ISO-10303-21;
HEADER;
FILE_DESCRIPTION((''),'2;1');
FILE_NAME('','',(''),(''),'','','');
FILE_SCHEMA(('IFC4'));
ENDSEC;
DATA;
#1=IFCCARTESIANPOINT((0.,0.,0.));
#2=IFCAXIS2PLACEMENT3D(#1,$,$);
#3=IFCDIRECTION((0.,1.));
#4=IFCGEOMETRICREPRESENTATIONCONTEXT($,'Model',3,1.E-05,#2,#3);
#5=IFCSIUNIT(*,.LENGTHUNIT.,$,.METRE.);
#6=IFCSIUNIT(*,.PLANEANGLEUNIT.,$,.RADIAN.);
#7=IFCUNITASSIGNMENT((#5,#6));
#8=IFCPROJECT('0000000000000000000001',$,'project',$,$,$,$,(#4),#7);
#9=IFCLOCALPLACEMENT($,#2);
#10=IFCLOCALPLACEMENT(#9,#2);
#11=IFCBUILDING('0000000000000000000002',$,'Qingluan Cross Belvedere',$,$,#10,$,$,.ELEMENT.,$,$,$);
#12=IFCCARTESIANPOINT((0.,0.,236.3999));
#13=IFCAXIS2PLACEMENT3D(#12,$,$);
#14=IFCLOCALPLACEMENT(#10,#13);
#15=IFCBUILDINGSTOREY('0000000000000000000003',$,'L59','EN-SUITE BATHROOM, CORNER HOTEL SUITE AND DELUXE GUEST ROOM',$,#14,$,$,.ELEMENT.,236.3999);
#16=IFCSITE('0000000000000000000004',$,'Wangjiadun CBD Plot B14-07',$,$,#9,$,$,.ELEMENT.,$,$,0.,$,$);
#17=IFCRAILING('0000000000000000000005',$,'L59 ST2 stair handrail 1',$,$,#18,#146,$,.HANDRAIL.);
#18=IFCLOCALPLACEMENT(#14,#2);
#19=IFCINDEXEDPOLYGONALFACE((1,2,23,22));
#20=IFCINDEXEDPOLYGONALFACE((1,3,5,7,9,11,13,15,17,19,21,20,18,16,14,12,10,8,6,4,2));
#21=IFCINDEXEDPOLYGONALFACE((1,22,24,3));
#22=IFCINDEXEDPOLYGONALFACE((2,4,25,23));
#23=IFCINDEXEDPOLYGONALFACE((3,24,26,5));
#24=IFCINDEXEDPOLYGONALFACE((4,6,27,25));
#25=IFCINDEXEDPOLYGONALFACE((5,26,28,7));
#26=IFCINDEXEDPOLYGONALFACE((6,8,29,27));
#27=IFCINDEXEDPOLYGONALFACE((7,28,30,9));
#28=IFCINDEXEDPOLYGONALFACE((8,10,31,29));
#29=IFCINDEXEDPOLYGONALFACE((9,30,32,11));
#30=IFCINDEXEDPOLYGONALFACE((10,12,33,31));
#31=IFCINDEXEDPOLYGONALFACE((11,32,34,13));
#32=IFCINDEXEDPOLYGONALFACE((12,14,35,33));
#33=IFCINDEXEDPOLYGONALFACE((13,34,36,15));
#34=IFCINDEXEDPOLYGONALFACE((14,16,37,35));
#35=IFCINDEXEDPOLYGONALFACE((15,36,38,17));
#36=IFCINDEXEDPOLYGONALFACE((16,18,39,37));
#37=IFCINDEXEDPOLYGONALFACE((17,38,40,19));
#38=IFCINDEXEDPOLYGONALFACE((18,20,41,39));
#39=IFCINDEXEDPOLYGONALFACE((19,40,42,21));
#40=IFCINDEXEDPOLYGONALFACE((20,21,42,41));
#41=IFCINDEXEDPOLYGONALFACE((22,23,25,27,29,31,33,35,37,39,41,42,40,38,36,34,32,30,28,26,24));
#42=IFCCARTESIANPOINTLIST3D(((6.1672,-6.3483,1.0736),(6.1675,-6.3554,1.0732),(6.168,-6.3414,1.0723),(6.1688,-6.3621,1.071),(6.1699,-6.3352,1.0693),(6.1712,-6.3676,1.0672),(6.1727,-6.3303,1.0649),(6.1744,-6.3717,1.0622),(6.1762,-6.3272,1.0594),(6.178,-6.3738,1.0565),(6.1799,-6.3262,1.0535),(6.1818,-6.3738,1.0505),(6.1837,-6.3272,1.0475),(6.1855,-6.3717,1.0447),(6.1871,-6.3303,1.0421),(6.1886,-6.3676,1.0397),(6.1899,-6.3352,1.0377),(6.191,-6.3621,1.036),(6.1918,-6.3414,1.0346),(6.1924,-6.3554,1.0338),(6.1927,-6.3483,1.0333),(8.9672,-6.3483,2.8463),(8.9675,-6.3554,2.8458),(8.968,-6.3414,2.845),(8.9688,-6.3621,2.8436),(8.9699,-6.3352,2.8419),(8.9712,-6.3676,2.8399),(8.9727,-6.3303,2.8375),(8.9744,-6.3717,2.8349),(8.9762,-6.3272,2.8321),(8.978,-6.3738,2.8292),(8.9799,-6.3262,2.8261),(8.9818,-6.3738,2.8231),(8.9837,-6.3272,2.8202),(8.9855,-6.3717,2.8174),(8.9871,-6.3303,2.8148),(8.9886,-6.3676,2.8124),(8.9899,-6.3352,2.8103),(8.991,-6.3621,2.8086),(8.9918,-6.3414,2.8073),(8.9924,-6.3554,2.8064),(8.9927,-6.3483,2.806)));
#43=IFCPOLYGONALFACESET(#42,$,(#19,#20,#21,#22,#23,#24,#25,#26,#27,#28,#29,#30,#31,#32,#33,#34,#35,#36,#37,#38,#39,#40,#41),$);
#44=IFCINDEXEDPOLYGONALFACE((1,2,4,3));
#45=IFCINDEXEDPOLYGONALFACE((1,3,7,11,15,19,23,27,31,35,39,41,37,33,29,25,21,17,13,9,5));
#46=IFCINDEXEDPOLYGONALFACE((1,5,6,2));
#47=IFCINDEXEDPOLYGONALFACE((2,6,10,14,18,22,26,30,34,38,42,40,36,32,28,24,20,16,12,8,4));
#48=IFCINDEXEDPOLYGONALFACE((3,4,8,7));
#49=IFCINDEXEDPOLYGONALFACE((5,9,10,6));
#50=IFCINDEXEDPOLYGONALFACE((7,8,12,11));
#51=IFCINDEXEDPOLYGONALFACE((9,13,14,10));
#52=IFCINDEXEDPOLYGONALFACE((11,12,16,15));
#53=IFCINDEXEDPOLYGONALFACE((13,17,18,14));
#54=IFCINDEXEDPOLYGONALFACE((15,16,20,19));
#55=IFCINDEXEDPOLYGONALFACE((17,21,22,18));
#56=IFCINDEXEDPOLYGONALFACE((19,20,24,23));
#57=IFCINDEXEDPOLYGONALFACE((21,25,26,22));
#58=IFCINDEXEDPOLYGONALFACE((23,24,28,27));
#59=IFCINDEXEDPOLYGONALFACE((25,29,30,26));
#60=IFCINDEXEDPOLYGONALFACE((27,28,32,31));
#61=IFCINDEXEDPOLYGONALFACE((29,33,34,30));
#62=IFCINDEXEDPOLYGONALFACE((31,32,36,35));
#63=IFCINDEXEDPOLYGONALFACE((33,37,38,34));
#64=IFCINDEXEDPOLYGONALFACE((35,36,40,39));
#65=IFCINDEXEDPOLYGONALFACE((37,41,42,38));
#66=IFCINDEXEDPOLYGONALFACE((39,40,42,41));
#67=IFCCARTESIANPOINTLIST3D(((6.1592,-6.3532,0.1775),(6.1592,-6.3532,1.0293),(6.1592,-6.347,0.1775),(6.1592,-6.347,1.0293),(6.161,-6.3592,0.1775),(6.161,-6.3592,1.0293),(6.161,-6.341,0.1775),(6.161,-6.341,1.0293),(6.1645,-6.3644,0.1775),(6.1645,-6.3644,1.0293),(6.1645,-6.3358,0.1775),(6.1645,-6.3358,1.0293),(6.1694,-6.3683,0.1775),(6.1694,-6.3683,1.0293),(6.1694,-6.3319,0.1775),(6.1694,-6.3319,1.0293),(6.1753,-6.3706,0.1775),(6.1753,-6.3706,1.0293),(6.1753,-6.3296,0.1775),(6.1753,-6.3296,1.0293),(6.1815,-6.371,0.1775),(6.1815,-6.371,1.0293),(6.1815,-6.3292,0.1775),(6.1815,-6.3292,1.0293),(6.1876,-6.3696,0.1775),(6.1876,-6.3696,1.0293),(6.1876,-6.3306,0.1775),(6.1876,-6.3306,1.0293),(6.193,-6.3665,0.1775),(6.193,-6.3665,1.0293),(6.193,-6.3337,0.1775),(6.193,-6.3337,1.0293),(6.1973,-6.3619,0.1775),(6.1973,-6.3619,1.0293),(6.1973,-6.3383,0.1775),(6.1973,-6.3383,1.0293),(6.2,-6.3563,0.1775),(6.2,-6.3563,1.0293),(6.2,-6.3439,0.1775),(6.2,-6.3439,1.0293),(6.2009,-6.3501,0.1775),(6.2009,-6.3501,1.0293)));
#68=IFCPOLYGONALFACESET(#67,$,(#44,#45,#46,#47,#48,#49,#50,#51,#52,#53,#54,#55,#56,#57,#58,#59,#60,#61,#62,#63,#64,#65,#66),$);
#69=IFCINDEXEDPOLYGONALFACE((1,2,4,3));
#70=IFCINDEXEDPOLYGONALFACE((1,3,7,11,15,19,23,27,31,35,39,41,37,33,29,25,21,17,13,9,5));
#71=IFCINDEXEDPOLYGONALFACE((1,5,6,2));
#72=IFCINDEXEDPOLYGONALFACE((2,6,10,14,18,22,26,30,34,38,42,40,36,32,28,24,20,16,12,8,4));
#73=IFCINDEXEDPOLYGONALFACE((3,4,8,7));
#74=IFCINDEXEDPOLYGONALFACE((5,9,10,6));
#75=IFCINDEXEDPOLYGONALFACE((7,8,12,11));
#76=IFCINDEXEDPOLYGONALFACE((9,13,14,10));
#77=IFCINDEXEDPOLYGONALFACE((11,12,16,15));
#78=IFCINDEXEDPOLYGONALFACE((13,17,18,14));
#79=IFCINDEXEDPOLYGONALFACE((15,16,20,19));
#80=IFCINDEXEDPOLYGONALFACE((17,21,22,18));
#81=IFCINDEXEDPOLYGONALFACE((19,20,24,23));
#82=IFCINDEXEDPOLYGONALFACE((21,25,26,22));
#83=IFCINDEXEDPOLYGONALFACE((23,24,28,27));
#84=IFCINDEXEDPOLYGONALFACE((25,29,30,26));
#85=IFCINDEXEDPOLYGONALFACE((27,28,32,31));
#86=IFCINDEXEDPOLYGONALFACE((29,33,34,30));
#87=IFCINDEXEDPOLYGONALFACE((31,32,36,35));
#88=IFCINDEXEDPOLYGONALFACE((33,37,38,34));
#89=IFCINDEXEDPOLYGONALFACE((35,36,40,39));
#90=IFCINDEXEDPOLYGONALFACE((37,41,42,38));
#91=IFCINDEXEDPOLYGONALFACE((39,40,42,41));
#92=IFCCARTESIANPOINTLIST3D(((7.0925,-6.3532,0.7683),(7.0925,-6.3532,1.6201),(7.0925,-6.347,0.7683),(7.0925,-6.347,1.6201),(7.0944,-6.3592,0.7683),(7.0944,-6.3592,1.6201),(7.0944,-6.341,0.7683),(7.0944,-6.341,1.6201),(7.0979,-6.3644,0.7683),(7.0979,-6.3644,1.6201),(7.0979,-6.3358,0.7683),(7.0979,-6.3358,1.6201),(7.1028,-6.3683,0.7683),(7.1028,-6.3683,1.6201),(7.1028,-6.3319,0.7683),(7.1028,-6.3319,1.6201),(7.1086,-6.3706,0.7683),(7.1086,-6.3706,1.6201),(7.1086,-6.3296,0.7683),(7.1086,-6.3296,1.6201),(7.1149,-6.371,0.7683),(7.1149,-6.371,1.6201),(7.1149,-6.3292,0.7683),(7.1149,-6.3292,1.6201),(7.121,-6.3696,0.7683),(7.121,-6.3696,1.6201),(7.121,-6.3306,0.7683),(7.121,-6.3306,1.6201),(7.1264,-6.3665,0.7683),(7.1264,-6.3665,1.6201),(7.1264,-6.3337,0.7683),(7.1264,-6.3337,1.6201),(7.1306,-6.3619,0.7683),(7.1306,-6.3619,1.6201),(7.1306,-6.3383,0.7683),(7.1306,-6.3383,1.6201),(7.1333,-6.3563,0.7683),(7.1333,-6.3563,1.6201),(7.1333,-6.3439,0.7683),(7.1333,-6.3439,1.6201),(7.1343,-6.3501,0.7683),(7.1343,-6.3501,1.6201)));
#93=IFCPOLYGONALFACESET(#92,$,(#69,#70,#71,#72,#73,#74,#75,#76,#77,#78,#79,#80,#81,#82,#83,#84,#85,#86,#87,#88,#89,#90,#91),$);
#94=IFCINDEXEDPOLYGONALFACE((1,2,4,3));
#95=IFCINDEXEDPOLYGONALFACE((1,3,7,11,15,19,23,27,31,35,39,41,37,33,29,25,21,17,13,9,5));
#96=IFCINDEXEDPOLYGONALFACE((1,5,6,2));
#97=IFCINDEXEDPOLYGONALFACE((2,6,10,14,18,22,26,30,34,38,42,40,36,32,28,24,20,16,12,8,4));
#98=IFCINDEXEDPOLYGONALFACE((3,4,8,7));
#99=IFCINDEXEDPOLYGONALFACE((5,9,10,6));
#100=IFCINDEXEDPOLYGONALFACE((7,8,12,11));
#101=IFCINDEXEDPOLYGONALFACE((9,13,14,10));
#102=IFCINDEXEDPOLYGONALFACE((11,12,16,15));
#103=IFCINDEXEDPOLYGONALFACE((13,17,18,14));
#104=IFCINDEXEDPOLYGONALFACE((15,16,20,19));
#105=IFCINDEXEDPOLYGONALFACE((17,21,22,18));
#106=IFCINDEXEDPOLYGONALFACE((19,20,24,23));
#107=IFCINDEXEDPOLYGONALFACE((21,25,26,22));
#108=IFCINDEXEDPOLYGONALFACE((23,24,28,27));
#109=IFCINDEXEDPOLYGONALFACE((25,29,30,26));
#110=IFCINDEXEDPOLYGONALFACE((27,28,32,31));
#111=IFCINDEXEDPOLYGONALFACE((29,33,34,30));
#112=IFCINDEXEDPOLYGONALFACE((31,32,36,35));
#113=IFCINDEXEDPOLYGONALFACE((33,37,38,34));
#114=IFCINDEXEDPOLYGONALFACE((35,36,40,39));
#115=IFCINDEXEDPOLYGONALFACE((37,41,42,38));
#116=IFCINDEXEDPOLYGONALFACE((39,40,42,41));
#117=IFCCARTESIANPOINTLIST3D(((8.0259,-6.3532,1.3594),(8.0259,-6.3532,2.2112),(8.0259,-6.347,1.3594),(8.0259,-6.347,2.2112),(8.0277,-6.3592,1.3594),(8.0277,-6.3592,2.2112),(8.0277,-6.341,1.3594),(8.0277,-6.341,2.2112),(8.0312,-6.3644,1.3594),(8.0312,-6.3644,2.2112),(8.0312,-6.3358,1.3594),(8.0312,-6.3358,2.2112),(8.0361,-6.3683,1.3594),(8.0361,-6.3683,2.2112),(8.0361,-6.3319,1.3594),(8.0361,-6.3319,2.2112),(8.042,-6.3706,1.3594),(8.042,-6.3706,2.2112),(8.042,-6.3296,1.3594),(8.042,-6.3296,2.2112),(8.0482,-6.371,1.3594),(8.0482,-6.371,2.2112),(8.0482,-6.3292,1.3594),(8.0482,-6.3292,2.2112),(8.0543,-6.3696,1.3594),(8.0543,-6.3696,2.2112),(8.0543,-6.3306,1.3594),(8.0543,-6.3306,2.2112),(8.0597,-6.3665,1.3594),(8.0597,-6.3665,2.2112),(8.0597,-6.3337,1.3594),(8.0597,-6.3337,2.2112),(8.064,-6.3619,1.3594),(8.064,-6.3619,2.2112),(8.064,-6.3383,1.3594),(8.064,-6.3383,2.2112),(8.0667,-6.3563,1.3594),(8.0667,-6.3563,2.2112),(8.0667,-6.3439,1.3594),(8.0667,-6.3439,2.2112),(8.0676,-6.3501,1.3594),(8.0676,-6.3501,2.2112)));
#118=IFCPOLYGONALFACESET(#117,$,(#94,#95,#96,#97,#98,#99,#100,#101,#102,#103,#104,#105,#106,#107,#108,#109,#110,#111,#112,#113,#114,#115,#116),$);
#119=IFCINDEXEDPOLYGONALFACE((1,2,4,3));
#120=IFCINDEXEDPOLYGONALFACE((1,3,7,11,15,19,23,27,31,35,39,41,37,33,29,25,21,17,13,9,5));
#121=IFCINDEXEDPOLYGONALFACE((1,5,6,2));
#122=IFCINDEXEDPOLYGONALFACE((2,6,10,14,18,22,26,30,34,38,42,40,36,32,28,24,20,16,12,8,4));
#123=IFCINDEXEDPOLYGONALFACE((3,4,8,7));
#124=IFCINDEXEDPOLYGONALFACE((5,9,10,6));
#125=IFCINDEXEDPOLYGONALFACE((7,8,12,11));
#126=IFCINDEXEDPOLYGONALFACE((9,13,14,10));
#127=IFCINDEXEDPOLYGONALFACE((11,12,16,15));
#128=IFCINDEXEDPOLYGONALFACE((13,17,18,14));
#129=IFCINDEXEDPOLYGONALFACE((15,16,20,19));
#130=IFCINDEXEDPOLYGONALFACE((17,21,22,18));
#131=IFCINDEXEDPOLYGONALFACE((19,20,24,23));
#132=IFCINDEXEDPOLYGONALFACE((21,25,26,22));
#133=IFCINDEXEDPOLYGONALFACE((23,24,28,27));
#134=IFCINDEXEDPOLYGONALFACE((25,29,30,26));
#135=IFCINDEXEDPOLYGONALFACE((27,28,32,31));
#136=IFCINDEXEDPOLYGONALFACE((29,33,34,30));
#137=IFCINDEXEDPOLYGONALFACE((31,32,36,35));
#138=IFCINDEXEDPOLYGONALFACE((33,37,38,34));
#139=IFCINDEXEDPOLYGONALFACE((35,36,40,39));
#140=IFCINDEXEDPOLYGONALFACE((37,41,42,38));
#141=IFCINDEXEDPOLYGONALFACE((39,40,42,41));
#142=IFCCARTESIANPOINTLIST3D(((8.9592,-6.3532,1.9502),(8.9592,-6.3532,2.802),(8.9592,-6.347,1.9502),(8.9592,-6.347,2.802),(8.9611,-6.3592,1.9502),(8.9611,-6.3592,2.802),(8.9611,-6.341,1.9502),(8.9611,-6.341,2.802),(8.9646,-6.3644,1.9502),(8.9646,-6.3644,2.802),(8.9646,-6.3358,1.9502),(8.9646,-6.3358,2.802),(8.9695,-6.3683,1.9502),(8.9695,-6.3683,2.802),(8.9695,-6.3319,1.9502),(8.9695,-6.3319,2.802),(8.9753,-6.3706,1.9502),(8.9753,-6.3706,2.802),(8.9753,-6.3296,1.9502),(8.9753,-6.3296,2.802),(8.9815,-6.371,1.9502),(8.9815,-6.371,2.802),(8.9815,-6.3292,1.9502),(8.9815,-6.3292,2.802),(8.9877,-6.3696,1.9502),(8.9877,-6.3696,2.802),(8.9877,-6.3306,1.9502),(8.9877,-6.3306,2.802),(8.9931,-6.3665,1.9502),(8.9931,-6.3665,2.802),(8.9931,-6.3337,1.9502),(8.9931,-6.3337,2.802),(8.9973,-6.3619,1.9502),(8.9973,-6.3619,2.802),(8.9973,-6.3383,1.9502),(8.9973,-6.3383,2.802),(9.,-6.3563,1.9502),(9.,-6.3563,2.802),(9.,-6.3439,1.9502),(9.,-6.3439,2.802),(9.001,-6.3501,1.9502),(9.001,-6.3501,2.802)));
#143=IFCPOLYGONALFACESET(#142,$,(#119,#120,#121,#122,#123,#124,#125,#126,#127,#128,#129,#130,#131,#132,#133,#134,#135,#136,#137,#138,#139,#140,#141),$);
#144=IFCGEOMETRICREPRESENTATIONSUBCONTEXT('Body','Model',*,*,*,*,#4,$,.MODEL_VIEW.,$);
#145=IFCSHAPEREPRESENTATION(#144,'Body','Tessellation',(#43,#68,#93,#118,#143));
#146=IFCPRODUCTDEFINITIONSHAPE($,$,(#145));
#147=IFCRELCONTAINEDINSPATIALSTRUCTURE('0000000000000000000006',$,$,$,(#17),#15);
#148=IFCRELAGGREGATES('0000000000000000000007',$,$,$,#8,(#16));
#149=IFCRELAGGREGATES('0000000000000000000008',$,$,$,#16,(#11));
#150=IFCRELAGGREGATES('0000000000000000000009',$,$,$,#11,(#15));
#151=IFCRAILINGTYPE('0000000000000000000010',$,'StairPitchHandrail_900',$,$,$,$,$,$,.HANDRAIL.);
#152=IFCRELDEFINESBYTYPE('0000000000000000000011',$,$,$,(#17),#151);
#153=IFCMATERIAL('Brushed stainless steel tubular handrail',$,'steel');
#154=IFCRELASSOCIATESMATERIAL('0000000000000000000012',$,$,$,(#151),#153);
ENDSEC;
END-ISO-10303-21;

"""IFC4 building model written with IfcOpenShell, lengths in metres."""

from ifc_helpers import new_model, si_unit, direction, frame, origin, origin_2d, place, context, subcontext, project, spatial, circle, extrude, material, type_object, element, save


model = new_model("IFC4")

# Units and contexts
model_context = context("Model", 3, precision=1e-05, world=origin(), true_north=direction((0.0, 1.0)))
body_context = subcontext(model_context, "Body", "Model", "MODEL_VIEW")
ifc_project = project(units=[si_unit("LENGTHUNIT", "METRE"), si_unit("PLANEANGLEUNIT", "RADIAN")], contexts=[model_context])

# Site, building, storey
site_placement = place(None, origin())
site = spatial("IfcSite", under=ifc_project, at=site_placement, Name="Wangjiadun CBD Plot B14-07", CompositionType="ELEMENT", RefElevation=0.0)
building_placement = place(site_placement, origin())
building = spatial("IfcBuilding", under=site, at=building_placement, Name="Qingluan Cross Belvedere", CompositionType="ELEMENT")
storey_placement = place(building_placement, frame((0.0, 0.0, 236.3999)))
storey = spatial("IfcBuildingStorey", under=building, at=storey_placement, Name="L59", Description="EN-SUITE BATHROOM, CORNER HOTEL SUITE AND DELUXE GUEST ROOM", CompositionType="ELEMENT", Elevation=236.3999)

# Railing
ifc_material_1 = material(Name="Brushed stainless steel tubular handrail", Category="steel")
railing_type_1 = type_object("IfcRailingType", Name="StairPitchHandrail_900", PredefinedType="HANDRAIL", material=ifc_material_1)
railing_1_placement = place(storey_placement, frame((6.1799, -6.3501, 0.1775)))
element("IfcRailing", 1, at=railing_1_placement, inside=storey, type_object=railing_type_1, Name="L59 ST2 stair handrail 1", PredefinedType="HANDRAIL", context=body_context, shape_type="SweptSolid", body=[
    extrude(circle(Radius=0.0239, at=origin_2d()), frame((0.0, 0.0, 0.876), z_axis=(0.844909, 0.0, 0.53491), x_axis=(0.0, 1.0, 0.0)), (0.0, 0.0, 1.0), 3.314),
    extrude(circle(Radius=0.021, at=origin_2d()), origin(), (0.0, 0.0, 1.0), 0.8518),
    extrude(circle(Radius=0.021, at=origin_2d()), frame((0.9333, 0.0, 0.5908)), (0.0, 0.0, 1.0), 0.8518),
    extrude(circle(Radius=0.021, at=origin_2d()), frame((1.8667, 0.0, 1.1819)), (0.0, 0.0, 1.0), 0.8518),
    extrude(circle(Radius=0.021, at=origin_2d()), frame((2.8, 0.0, 1.7727)), (0.0, 0.0, 1.0), 0.8518),
])

save(model, "model.ifc")
